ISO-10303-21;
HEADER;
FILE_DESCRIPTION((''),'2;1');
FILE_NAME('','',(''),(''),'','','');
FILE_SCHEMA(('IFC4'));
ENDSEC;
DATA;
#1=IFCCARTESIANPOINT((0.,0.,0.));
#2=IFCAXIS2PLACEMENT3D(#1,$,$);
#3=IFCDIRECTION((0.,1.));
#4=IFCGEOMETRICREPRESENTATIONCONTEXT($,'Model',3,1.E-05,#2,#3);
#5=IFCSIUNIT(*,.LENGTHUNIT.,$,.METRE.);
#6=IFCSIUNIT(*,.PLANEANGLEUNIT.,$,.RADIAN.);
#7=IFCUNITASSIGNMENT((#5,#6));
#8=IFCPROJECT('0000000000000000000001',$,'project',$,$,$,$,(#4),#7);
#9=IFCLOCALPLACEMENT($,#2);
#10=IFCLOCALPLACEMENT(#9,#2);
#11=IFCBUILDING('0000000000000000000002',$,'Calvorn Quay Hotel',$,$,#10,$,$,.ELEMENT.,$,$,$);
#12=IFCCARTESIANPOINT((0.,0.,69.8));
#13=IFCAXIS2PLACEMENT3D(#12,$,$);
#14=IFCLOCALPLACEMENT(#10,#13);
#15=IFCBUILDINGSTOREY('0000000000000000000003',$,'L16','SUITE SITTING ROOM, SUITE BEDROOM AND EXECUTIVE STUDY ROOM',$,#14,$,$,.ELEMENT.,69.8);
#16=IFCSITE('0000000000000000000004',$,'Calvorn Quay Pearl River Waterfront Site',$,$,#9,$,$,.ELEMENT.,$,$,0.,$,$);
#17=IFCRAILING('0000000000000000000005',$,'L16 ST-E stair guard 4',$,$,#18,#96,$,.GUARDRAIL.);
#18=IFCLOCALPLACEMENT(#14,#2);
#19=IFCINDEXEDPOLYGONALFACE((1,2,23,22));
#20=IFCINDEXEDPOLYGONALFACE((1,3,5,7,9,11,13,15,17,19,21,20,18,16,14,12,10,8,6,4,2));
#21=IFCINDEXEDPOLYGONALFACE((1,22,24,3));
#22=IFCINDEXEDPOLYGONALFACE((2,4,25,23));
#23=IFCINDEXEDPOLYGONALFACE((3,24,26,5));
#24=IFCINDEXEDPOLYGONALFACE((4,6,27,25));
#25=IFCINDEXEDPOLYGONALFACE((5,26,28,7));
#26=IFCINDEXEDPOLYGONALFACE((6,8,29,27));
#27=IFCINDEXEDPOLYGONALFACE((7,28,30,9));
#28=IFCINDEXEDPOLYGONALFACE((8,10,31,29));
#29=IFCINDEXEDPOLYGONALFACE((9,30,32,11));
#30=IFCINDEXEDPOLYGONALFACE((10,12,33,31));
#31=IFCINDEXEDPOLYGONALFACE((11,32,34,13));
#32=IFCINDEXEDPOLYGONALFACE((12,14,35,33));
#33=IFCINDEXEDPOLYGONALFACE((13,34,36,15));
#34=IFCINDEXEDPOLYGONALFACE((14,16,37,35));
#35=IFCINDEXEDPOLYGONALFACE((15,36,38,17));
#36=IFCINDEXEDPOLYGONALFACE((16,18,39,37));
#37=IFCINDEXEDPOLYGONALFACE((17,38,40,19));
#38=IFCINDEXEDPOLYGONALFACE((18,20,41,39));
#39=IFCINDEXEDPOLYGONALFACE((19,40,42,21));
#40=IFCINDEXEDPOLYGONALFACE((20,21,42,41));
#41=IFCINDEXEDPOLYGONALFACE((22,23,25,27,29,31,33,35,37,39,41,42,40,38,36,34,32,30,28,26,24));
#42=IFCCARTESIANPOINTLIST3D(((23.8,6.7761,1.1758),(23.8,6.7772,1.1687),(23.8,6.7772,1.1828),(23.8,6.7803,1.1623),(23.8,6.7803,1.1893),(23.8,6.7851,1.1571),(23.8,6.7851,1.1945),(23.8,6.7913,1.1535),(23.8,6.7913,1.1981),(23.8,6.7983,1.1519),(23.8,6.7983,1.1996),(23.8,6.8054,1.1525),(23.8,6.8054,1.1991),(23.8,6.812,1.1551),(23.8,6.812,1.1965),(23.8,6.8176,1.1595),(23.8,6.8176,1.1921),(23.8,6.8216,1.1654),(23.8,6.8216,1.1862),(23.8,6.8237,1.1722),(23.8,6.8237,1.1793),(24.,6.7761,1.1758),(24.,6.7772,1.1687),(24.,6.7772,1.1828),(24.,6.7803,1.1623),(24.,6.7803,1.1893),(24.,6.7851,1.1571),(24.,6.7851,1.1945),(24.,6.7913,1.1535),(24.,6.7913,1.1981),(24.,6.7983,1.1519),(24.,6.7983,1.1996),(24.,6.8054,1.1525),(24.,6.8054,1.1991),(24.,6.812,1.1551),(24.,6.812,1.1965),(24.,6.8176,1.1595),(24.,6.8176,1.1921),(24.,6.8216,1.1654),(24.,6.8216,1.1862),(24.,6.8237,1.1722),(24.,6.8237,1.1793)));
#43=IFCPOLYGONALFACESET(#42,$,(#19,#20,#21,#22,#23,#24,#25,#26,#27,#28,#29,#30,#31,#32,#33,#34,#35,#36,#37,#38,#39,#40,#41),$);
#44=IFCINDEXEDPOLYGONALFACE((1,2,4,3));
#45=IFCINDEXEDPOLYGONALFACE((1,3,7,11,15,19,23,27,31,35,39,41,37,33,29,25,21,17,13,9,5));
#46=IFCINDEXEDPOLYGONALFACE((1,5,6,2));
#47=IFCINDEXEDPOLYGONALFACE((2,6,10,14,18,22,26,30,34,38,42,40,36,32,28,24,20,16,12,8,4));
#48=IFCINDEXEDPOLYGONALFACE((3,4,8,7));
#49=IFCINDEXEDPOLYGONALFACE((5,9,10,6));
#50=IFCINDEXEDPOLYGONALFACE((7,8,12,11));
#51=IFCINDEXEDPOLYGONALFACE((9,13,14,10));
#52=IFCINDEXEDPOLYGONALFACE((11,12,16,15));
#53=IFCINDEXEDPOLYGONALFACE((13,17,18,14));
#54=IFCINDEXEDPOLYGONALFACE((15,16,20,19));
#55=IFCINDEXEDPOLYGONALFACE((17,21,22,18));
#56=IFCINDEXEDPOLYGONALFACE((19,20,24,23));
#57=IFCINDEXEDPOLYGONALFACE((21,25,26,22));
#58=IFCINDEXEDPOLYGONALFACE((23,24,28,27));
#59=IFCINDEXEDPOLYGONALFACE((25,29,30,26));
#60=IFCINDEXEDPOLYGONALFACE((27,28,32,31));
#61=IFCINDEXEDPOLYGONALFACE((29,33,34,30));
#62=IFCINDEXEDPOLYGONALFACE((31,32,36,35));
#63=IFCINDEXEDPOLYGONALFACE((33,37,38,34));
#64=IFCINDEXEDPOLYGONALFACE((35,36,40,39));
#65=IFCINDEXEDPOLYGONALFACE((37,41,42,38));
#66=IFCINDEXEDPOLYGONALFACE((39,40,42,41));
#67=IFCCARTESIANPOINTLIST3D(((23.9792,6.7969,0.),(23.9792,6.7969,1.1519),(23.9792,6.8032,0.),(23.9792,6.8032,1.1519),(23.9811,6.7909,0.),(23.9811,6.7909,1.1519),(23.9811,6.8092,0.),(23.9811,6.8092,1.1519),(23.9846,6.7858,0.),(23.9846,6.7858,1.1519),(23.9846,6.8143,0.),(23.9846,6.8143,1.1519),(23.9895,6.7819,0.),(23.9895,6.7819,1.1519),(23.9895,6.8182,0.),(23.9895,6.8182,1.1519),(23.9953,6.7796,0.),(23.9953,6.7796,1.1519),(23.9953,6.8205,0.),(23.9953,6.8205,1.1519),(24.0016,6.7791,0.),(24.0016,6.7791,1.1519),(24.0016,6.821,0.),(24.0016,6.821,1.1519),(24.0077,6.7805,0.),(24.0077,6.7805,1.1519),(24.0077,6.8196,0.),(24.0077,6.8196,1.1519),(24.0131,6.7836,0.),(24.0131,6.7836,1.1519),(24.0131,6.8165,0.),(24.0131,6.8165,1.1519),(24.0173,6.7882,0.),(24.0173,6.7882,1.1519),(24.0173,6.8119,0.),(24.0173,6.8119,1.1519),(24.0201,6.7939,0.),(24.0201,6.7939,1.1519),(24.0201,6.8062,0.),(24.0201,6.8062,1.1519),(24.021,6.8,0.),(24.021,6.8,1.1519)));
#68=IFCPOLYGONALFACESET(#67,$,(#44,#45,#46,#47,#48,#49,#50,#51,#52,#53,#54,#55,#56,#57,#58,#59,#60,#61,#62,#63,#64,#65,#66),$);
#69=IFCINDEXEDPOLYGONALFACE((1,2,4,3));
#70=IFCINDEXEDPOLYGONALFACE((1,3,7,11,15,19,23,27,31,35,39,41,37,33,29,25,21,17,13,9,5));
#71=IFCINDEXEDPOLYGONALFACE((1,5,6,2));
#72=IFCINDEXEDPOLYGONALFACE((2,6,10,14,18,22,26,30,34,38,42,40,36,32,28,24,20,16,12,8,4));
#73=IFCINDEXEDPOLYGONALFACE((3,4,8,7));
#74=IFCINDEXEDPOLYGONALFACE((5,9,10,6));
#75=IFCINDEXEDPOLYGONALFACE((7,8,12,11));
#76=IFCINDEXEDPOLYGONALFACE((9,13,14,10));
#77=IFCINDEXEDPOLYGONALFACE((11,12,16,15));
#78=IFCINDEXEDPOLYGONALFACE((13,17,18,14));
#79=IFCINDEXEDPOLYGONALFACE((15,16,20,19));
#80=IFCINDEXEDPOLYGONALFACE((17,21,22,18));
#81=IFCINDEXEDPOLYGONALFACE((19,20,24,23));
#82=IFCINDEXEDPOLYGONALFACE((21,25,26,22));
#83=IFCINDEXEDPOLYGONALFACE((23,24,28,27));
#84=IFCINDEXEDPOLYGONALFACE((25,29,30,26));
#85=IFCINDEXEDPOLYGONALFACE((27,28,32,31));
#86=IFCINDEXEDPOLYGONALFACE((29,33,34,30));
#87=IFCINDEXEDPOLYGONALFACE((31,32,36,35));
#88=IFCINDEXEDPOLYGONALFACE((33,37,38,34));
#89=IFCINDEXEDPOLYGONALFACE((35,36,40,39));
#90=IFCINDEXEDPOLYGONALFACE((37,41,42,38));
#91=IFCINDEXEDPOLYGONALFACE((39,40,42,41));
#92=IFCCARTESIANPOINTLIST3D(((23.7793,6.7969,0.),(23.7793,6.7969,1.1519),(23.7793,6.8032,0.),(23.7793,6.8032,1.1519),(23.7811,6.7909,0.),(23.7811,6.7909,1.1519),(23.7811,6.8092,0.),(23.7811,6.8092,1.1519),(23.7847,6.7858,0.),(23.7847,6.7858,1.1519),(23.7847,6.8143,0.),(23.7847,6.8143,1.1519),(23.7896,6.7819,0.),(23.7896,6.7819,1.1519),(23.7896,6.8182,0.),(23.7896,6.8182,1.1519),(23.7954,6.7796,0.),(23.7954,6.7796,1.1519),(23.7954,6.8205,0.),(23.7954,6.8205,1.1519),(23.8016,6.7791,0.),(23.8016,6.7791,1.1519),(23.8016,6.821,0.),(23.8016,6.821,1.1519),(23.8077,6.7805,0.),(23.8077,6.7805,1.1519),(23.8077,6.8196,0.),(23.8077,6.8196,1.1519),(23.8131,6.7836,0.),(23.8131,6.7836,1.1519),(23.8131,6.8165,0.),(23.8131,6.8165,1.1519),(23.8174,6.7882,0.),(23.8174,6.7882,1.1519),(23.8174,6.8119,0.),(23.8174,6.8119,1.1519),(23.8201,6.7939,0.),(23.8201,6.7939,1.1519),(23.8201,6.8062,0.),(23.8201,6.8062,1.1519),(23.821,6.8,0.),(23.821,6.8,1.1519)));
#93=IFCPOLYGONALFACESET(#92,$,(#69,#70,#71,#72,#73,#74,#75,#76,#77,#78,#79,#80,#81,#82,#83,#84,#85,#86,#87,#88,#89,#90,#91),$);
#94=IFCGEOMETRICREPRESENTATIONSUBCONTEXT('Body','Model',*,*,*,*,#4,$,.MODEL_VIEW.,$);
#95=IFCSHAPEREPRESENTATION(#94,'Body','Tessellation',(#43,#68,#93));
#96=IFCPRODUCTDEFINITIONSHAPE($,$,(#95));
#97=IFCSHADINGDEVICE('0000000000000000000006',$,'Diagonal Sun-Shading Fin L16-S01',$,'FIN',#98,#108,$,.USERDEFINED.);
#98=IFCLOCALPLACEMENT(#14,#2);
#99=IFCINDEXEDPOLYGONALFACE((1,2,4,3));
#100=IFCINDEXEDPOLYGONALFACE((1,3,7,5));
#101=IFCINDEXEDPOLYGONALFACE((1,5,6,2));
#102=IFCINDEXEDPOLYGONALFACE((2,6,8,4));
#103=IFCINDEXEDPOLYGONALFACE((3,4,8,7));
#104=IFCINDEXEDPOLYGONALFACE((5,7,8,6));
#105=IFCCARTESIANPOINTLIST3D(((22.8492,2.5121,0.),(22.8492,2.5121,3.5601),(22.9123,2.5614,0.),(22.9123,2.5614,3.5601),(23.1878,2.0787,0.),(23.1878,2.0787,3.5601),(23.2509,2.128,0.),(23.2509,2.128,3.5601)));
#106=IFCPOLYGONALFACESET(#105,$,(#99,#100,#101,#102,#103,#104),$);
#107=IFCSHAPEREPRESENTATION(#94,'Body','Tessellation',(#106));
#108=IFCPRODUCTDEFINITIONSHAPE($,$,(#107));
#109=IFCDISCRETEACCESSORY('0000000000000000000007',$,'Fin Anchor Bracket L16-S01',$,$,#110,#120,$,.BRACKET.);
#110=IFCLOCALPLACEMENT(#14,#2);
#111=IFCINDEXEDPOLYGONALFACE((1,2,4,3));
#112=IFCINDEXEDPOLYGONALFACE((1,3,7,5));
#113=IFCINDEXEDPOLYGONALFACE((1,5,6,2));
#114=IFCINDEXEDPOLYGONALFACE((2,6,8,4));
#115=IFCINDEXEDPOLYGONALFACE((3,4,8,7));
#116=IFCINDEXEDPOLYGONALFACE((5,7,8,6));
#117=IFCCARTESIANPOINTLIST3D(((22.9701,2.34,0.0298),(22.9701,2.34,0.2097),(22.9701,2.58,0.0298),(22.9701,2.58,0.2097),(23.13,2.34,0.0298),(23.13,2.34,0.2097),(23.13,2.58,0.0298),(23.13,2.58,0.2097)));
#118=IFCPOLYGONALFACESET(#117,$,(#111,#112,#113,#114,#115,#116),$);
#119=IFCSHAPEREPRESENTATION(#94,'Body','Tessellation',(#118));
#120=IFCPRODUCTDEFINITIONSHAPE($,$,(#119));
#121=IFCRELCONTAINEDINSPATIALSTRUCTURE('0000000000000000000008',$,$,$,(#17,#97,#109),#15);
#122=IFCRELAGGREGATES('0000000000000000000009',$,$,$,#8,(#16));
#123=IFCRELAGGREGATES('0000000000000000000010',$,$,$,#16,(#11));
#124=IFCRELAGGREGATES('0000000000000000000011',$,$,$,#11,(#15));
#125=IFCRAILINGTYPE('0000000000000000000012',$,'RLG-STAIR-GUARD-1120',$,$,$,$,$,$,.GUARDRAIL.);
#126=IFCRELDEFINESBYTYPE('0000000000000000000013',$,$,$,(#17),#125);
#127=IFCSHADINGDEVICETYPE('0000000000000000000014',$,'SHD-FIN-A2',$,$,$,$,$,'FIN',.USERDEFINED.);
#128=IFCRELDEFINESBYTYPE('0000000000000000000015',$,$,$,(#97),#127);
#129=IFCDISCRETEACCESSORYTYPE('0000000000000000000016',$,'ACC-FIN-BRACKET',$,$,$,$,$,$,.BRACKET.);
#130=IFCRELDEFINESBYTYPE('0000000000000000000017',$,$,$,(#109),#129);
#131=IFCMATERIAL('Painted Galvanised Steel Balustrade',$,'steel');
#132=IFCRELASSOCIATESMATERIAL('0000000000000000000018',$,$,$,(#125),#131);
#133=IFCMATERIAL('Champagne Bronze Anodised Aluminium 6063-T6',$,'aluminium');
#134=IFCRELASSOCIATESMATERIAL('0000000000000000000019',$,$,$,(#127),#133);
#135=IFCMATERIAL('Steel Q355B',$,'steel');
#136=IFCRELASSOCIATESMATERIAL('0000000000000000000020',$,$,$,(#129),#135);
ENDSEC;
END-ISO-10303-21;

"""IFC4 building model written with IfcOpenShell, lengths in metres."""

from ifc_helpers import new_model, si_unit, direction, frame, origin, origin_2d, place, context, subcontext, project, spatial, rectangle, circle, extrude, material, type_object, element, save


model = new_model("IFC4")

# Units and contexts
model_context = context("Model", 3, precision=1e-05, world=origin(), true_north=direction((0.0, 1.0)))
body_context = subcontext(model_context, "Body", "Model", "MODEL_VIEW")
ifc_project = project(units=[si_unit("LENGTHUNIT", "METRE"), si_unit("PLANEANGLEUNIT", "RADIAN")], contexts=[model_context])

# Site, building, storey
site_placement = place(None, origin())
site = spatial("IfcSite", under=ifc_project, at=site_placement, Name="Calvorn Quay Pearl River Waterfront Site", CompositionType="ELEMENT", RefElevation=0.0)
building_placement = place(site_placement, origin())
building = spatial("IfcBuilding", under=site, at=building_placement, Name="Calvorn Quay Hotel", CompositionType="ELEMENT")
storey_placement = place(building_placement, frame((0.0, 0.0, 69.8)))
storey = spatial("IfcBuildingStorey", under=building, at=storey_placement, Name="L16", Description="SUITE SITTING ROOM, SUITE BEDROOM AND EXECUTIVE STUDY ROOM", CompositionType="ELEMENT", Elevation=69.8)

# Railing
ifc_material_1 = material(Name="Painted Galvanised Steel Balustrade", Category="steel")
railing_type_1 = type_object("IfcRailingType", Name="RLG-STAIR-GUARD-1120", PredefinedType="GUARDRAIL", material=ifc_material_1)
railing_1_placement = place(storey_placement, frame((24.0, 6.8, 0.0)))
element("IfcRailing", 1, at=railing_1_placement, inside=storey, type_object=railing_type_1, Name="L16 ST-E stair guard 4", PredefinedType="GUARDRAIL", context=body_context, shape_type="SweptSolid", body=[
    extrude(circle(Radius=0.0239, at=origin_2d()), frame((0.0, 0.0, 1.1758), z_axis=(-1.0, 0.0, 0.0), x_axis=(0.0, -1.0, 0.0)), (0.0, 0.0, 1.0), 0.2),
    extrude(circle(Radius=0.021, at=origin_2d()), origin(), (0.0, 0.0, 1.0), 1.1519),
    extrude(circle(Radius=0.021, at=origin_2d()), frame((-0.2, 0.0, 0.0)), (0.0, 0.0, 1.0), 1.1519),
])

# Shading device
ifc_material_2 = material(Name="Champagne Bronze Anodised Aluminium 6063-T6", Category="aluminium")
shading_device_type = type_object("IfcShadingDeviceType", Name="SHD-FIN-A2", ElementType="FIN", PredefinedType="USERDEFINED", material=ifc_material_2)
shading_device_placement = place(storey_placement, frame((23.05, 2.3201, 0.0), z_axis=(0.0, 0.0, 1.0), x_axis=(-0.615661, 0.788011, 0.0)))
element("IfcShadingDevice", 2, at=shading_device_placement, inside=storey, type_object=shading_device_type, Name="Diagonal Sun-Shading Fin L16-S01", ObjectType="FIN", PredefinedType="USERDEFINED", context=body_context, shape_type="SweptSolid", body=[
    extrude(rectangle(XDim=0.55, YDim=0.0801, at=origin_2d()), origin(), (0.0, 0.0, 1.0), 3.5601),
])

# Discrete accessory
ifc_material_3 = material(Name="Steel Q355B", Category="steel")
discrete_accessory_type = type_object("IfcDiscreteAccessoryType", Name="ACC-FIN-BRACKET", PredefinedType="BRACKET", material=ifc_material_3)
discrete_accessory_placement = place(storey_placement, frame((23.05, 2.46, 0.0298), z_axis=(0.0, 0.0, 1.0), x_axis=(0.0, 1.0, 0.0)))
element("IfcDiscreteAccessory", 3, at=discrete_accessory_placement, inside=storey, type_object=discrete_accessory_type, Name="Fin Anchor Bracket L16-S01", PredefinedType="BRACKET", context=body_context, shape_type="SweptSolid", body=[
    extrude(rectangle(XDim=0.24, YDim=0.1599, at=origin_2d()), origin(), (0.0, 0.0, 1.0), 0.1799),
])

save(model, "model.ifc")
